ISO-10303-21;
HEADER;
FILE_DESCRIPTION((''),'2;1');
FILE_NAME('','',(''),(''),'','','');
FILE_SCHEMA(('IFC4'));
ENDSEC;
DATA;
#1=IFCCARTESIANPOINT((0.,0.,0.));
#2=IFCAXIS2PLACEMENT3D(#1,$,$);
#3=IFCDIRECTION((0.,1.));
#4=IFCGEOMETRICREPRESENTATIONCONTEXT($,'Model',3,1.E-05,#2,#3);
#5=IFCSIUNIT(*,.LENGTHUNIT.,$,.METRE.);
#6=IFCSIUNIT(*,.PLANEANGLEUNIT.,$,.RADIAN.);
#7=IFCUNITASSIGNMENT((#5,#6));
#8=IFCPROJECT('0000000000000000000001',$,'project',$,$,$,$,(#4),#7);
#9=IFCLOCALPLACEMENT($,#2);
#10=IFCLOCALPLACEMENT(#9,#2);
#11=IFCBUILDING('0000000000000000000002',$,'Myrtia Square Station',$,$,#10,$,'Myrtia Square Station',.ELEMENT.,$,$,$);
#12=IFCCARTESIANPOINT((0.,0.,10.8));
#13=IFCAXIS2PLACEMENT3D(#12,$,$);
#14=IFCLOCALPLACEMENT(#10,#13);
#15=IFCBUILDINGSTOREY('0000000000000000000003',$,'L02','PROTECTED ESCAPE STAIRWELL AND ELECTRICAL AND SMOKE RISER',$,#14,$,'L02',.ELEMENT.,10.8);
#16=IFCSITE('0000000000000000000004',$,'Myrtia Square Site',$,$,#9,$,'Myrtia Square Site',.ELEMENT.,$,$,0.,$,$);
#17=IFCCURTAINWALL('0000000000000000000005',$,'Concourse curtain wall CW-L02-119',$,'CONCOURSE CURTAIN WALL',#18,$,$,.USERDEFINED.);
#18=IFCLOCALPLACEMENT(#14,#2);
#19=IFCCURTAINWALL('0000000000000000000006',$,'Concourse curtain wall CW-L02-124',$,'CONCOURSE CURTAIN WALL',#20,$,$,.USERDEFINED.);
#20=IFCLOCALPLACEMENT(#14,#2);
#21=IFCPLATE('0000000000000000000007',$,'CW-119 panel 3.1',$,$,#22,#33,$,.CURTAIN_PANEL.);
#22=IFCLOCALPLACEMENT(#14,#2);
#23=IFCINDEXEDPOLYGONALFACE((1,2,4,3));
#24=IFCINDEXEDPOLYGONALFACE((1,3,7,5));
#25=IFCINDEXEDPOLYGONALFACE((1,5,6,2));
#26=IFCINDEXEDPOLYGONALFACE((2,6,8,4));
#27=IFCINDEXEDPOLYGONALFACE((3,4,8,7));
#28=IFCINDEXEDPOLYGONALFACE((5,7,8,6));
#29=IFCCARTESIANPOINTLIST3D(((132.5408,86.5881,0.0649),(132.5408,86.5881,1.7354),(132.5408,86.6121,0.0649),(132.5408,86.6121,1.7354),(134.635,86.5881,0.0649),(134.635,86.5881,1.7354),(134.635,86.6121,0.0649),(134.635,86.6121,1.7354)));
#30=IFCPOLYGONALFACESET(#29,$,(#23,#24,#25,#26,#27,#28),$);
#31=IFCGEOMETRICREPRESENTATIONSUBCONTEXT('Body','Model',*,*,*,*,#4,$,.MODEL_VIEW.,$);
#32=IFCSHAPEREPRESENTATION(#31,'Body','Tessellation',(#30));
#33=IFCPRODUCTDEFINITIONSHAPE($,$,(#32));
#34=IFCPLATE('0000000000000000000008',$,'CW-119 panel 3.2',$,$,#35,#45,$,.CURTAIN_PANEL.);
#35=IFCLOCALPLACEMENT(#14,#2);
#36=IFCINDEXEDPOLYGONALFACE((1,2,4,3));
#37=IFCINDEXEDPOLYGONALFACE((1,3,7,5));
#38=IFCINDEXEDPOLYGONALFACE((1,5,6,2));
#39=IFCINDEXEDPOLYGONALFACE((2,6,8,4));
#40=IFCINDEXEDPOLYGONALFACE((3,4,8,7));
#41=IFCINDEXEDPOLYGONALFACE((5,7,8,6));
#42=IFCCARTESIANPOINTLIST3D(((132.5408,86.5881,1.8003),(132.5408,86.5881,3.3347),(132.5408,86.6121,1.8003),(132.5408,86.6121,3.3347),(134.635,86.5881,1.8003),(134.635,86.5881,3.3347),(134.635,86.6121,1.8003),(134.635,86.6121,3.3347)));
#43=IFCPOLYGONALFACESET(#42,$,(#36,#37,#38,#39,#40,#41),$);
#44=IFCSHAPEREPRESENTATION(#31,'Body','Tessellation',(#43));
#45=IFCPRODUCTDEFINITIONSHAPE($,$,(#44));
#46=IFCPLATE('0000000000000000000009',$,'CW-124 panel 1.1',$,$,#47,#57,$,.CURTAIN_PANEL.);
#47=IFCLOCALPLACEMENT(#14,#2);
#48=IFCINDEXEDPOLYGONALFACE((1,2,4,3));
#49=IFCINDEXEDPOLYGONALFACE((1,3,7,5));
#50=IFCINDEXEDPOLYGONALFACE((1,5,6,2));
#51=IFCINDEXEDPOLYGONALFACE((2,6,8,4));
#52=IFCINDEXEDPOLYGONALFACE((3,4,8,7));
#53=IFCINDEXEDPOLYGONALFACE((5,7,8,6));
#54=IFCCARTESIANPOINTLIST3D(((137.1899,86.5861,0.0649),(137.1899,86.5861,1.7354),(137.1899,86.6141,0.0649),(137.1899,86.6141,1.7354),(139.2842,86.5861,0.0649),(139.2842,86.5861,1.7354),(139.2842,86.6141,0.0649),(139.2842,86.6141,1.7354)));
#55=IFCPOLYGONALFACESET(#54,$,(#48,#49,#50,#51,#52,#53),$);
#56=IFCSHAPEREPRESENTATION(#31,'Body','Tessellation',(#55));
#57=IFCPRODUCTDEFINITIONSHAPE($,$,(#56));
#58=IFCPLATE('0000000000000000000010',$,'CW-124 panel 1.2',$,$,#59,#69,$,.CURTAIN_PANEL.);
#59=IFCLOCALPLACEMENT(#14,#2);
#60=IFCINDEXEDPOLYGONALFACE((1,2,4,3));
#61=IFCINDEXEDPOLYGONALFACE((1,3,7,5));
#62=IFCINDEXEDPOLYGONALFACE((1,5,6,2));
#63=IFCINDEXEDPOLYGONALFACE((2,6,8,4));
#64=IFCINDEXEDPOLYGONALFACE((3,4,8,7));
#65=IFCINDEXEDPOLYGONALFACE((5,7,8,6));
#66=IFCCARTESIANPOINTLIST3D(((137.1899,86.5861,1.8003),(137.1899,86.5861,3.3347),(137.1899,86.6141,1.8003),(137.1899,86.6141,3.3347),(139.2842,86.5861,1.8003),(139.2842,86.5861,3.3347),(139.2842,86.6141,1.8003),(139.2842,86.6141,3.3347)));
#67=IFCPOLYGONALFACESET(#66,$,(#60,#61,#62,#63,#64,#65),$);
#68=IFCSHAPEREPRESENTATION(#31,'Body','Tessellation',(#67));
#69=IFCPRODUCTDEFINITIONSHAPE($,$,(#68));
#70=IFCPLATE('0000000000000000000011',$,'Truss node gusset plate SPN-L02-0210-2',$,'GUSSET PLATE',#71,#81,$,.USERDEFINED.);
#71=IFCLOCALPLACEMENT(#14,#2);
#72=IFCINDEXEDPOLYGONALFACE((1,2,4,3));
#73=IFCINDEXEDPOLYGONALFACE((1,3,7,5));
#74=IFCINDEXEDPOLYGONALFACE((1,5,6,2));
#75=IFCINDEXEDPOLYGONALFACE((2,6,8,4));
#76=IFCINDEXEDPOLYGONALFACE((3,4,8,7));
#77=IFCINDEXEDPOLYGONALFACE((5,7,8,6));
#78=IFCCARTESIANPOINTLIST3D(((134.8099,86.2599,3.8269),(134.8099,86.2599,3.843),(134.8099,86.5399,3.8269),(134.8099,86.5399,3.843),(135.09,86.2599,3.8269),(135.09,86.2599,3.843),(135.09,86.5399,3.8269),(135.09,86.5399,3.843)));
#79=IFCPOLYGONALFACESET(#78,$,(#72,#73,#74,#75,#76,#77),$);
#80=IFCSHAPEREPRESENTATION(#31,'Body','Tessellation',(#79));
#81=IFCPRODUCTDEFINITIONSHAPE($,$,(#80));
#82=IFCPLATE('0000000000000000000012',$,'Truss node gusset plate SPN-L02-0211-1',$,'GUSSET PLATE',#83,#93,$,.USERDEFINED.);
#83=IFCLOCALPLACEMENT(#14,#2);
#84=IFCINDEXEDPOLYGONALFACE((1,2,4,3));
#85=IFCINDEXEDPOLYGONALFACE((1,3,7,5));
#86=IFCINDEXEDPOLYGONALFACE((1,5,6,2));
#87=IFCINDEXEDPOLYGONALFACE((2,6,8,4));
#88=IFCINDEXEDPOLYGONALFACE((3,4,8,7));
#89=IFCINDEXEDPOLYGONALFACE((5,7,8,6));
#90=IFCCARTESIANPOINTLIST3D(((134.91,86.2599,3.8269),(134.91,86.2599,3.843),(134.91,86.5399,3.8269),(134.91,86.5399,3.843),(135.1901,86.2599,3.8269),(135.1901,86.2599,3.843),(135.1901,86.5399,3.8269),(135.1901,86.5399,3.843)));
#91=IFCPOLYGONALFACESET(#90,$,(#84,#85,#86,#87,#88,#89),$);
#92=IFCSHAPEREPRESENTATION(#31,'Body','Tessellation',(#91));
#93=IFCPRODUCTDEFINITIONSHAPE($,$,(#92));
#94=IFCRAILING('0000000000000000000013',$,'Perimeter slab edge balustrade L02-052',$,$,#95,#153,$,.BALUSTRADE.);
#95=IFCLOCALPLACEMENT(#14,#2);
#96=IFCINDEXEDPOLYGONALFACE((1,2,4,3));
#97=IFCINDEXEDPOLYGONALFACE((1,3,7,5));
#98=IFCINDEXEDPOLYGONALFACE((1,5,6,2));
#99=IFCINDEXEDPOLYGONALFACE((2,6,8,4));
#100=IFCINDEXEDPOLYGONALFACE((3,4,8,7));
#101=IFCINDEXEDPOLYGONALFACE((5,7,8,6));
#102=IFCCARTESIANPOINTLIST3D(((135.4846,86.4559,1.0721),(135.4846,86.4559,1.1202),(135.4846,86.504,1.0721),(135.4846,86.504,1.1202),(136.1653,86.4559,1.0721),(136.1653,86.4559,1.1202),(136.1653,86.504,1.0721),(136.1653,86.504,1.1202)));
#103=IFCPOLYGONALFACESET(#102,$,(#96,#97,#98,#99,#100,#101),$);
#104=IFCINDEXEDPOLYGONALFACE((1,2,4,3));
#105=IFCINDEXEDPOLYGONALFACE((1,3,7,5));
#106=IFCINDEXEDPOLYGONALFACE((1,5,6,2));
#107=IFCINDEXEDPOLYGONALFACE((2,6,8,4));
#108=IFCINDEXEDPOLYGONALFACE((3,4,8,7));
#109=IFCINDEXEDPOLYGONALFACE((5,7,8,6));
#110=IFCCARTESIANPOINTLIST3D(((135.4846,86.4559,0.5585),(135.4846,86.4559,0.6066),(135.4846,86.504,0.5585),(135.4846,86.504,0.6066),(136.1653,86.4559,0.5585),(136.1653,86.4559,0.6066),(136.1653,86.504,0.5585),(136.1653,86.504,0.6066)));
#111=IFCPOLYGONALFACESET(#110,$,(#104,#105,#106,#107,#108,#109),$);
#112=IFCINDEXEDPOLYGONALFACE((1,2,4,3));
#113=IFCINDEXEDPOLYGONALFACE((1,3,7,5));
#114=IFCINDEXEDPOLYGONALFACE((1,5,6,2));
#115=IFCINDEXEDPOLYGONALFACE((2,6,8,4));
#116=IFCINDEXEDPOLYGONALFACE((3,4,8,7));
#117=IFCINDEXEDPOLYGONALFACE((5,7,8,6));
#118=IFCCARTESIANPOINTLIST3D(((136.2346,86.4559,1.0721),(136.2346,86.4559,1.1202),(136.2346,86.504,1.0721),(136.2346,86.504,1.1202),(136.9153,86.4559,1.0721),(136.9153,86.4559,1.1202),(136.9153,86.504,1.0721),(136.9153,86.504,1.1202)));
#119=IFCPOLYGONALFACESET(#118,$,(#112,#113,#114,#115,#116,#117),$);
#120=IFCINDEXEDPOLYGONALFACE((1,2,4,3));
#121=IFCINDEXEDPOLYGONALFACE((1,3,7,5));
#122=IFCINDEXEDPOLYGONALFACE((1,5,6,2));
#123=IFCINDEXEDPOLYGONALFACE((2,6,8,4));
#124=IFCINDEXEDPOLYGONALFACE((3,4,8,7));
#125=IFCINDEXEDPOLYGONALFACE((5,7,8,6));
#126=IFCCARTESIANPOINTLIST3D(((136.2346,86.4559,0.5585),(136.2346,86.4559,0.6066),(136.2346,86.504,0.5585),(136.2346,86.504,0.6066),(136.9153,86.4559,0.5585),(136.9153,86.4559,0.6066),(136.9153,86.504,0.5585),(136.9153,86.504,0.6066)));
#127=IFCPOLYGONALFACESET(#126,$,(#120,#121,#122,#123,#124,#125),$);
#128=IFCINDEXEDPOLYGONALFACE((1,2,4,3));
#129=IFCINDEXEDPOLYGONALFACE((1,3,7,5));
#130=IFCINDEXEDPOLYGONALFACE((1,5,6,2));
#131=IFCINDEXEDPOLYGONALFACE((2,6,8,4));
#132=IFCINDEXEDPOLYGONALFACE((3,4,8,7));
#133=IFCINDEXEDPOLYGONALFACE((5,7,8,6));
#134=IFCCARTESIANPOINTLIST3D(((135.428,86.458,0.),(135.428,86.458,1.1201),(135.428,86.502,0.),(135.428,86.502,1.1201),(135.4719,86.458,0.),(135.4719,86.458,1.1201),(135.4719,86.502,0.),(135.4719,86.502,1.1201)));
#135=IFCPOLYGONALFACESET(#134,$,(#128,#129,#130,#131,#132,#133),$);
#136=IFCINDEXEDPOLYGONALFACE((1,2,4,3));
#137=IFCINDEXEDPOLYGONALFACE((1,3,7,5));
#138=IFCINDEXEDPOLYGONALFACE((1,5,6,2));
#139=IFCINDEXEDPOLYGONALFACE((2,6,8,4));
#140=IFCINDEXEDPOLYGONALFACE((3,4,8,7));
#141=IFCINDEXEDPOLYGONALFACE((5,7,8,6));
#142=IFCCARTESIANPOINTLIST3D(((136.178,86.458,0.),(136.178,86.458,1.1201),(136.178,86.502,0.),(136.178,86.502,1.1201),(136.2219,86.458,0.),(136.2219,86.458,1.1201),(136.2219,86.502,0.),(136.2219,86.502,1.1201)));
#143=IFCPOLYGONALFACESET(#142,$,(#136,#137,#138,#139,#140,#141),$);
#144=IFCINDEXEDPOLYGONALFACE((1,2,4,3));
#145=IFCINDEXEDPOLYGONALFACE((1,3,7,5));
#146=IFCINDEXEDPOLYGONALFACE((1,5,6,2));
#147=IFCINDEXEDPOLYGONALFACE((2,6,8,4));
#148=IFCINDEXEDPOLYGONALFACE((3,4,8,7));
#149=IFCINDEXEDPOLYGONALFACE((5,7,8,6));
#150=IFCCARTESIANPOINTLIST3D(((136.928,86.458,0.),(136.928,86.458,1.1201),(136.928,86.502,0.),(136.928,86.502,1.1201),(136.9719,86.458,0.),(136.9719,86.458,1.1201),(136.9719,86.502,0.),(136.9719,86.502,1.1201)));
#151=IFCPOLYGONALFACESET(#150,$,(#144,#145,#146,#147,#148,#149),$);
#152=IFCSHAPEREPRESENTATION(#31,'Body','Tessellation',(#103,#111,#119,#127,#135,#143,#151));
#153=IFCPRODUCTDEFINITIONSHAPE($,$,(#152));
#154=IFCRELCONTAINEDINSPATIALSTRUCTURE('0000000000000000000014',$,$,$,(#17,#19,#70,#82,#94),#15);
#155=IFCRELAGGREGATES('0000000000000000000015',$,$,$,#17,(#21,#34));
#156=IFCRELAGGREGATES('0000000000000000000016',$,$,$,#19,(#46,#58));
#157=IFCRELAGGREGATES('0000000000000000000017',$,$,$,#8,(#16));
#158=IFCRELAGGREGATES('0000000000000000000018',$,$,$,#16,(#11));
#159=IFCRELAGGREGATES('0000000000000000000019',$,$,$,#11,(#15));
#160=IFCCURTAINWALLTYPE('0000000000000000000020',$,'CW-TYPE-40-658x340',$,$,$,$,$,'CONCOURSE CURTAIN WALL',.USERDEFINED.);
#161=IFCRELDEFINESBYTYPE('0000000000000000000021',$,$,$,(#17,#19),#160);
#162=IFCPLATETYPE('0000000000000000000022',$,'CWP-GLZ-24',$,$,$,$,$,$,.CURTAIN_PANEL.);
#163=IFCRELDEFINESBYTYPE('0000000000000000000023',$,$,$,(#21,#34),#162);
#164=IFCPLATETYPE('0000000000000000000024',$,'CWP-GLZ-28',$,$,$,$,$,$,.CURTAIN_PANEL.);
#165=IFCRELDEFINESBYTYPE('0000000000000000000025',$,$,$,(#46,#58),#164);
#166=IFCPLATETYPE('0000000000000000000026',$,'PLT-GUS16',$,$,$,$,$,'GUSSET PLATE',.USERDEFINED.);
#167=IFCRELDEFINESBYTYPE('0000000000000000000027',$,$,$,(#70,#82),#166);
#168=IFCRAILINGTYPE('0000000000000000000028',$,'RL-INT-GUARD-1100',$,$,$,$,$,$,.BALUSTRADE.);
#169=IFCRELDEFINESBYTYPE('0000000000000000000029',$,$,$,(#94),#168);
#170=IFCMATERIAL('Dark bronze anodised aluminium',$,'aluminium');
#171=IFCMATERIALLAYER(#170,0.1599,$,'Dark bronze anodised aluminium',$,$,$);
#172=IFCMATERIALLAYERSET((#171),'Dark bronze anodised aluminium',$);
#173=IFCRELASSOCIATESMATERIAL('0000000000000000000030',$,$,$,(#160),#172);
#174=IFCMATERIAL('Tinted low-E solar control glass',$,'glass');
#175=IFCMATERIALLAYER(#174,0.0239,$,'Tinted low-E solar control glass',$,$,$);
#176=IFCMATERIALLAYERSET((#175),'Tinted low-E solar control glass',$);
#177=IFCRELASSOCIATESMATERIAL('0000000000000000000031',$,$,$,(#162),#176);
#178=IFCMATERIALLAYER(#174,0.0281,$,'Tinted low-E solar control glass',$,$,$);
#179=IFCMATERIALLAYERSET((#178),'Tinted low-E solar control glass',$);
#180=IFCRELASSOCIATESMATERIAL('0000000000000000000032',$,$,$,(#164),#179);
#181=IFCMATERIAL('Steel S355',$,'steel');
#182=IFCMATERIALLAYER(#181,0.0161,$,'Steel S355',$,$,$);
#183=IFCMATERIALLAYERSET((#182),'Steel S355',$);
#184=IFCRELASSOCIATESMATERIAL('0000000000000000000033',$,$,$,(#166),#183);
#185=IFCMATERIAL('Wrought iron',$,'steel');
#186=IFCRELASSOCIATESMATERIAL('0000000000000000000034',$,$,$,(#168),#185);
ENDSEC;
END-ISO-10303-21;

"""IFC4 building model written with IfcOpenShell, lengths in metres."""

from ifc_helpers import new_model, si_unit, direction, frame, origin, origin_2d, place, context, subcontext, project, spatial, rectangle, extrude, material, layer, layer_set, type_object, element, aggregate, save


model = new_model("IFC4")

# Units and contexts
model_context = context("Model", 3, precision=1e-05, world=origin(), true_north=direction((0.0, 1.0)))
body_context = subcontext(model_context, "Body", "Model", "MODEL_VIEW")
ifc_project = project(units=[si_unit("LENGTHUNIT", "METRE"), si_unit("PLANEANGLEUNIT", "RADIAN")], contexts=[model_context])

# Site, building, storey
site_placement = place(None, origin())
site = spatial("IfcSite", under=ifc_project, at=site_placement, Name="Myrtia Square Site", LongName="Myrtia Square Site", CompositionType="ELEMENT", RefElevation=0.0)
building_placement = place(site_placement, origin())
building = spatial("IfcBuilding", under=site, at=building_placement, Name="Myrtia Square Station", LongName="Myrtia Square Station", CompositionType="ELEMENT")
storey_placement = place(building_placement, frame((0.0, 0.0, 10.8)))
storey = spatial("IfcBuildingStorey", under=building, at=storey_placement, Name="L02", Description="PROTECTED ESCAPE STAIRWELL AND ELECTRICAL AND SMOKE RISER", LongName="L02", CompositionType="ELEMENT", Elevation=10.8)

# Shared definitions
ifc_material_1 = material(Name="Steel S355", Category="steel")

# Curtain walls
ifc_material_2 = material(Name="Dark bronze anodised aluminium", Category="aluminium")
ifc_layer_1 = layer(ifc_material_2, 0.1599, Name="Dark bronze anodised aluminium")
ifc_layer_set_1 = layer_set([ifc_layer_1], Name="Dark bronze anodised aluminium")
curtain_wall_type = type_object("IfcCurtainWallType", Name="CW-TYPE-40-658x340", ElementType="CONCOURSE CURTAIN WALL", PredefinedType="USERDEFINED", material=ifc_layer_set_1)
curtain_wall_1_placement = place(storey_placement, origin())
curtain_wall_1 = element("IfcCurtainWall", 1, at=curtain_wall_1_placement, inside=storey, type_object=curtain_wall_type, Name="Concourse curtain wall CW-L02-119", ObjectType="CONCOURSE CURTAIN WALL", PredefinedType="USERDEFINED")
curtain_wall_2_placement = place(storey_placement, origin())
curtain_wall_2 = element("IfcCurtainWall", 2, at=curtain_wall_2_placement, inside=storey, type_object=curtain_wall_type, Name="Concourse curtain wall CW-L02-124", ObjectType="CONCOURSE CURTAIN WALL", PredefinedType="USERDEFINED")

# Plates
ifc_material_3 = material(Name="Tinted low-E solar control glass", Category="glass")
ifc_layer_2 = layer(ifc_material_3, 0.0239, Name="Tinted low-E solar control glass")
ifc_layer_set_2 = layer_set([ifc_layer_2], Name="Tinted low-E solar control glass")
plate_type_1 = type_object("IfcPlateType", Name="CWP-GLZ-24", PredefinedType="CURTAIN_PANEL", material=ifc_layer_set_2)
plate_1_placement = place(storey_placement, frame((133.5879, 86.6001, 0.0649), z_axis=(0.0, 0.0, 1.0), x_axis=(1.0, 0.0, 0.0)))
plate_1 = element("IfcPlate", 3, at=plate_1_placement, type_object=plate_type_1, Name="CW-119 panel 3.1", PredefinedType="CURTAIN_PANEL", context=body_context, shape_type="SweptSolid", body=[
    extrude(rectangle(XDim=2.0942, YDim=0.0239, at=origin_2d()), origin(), (0.0, 0.0, 1.0), 1.6704),
])
plate_2_placement = place(storey_placement, frame((133.5879, 86.6001, 1.8003), z_axis=(0.0, 0.0, 1.0), x_axis=(1.0, 0.0, 0.0)))
plate_2 = element("IfcPlate", 4, at=plate_2_placement, type_object=plate_type_1, Name="CW-119 panel 3.2", PredefinedType="CURTAIN_PANEL", context=body_context, shape_type="SweptSolid", body=[
    extrude(rectangle(XDim=2.0942, YDim=0.0239, at=origin_2d()), origin(), (0.0, 0.0, 1.0), 1.5344),
])
aggregate(curtain_wall_1, [plate_1, plate_2])
ifc_layer_3 = layer(ifc_material_3, 0.0281, Name="Tinted low-E solar control glass")
ifc_layer_set_3 = layer_set([ifc_layer_3], Name="Tinted low-E solar control glass")
plate_type_2 = type_object("IfcPlateType", Name="CWP-GLZ-28", PredefinedType="CURTAIN_PANEL", material=ifc_layer_set_3)
plate_3_placement = place(storey_placement, frame((138.2371, 86.6001, 0.0649), z_axis=(0.0, 0.0, 1.0), x_axis=(1.0, 0.0, 0.0)))
plate_3 = element("IfcPlate", 5, at=plate_3_placement, type_object=plate_type_2, Name="CW-124 panel 1.1", PredefinedType="CURTAIN_PANEL", context=body_context, shape_type="SweptSolid", body=[
    extrude(rectangle(XDim=2.0942, YDim=0.0281, at=origin_2d()), origin(), (0.0, 0.0, 1.0), 1.6704),
])
plate_4_placement = place(storey_placement, frame((138.2371, 86.6001, 1.8003), z_axis=(0.0, 0.0, 1.0), x_axis=(1.0, 0.0, 0.0)))
plate_4 = element("IfcPlate", 6, at=plate_4_placement, type_object=plate_type_2, Name="CW-124 panel 1.2", PredefinedType="CURTAIN_PANEL", context=body_context, shape_type="SweptSolid", body=[
    extrude(rectangle(XDim=2.0942, YDim=0.0281, at=origin_2d()), origin(), (0.0, 0.0, 1.0), 1.5344),
])
aggregate(curtain_wall_2, [plate_3, plate_4])

# Plates
ifc_layer_4 = layer(ifc_material_1, 0.0161, Name="Steel S355")
ifc_layer_set_4 = layer_set([ifc_layer_4], Name="Steel S355")
plate_type_3 = type_object("IfcPlateType", Name="PLT-GUS16", ElementType="GUSSET PLATE", PredefinedType="USERDEFINED", material=ifc_layer_set_4)
for number, where, z_axis, x_axis, name in (
    (7, (134.95, 86.3999, 3.8269), (0.0, 0.0, 1.0), (1.0, 0.0, 0.0), "Truss node gusset plate SPN-L02-0210-2"),
    (8, (135.05, 86.3999, 3.8269), (0.0, 0.0, 1.0), (1.0, 0.0, 0.0), "Truss node gusset plate SPN-L02-0211-1"),
):
    element("IfcPlate", number, at=place(storey_placement, frame(where, z_axis=z_axis, x_axis=x_axis)), inside=storey, type_object=plate_type_3, Name=name, ObjectType="GUSSET PLATE", PredefinedType="USERDEFINED", context=body_context, shape_type="SweptSolid", body=[
        extrude(rectangle(XDim=0.28, YDim=0.28, at=origin_2d()), origin(), (0.0, 0.0, 1.0), 0.0161),
    ])

# Railing
ifc_material_4 = material(Name="Wrought iron", Category="steel")
railing_type = type_object("IfcRailingType", Name="RL-INT-GUARD-1100", PredefinedType="BALUSTRADE", material=ifc_material_4)
railing_placement = place(storey_placement, frame((135.45, 86.48, 0.0)))
element("IfcRailing", 9, at=railing_placement, inside=storey, type_object=railing_type, Name="Perimeter slab edge balustrade L02-052", PredefinedType="BALUSTRADE", context=body_context, shape_type="SweptSolid", body=[
    extrude(rectangle(XDim=0.0481, YDim=0.0481, at=origin_2d()), frame((0.0347, 0.0, 1.0962), z_axis=(1.0, 0.0, 0.0), x_axis=(0.0, 1.0, 0.0)), (0.0, 0.0, 1.0), 0.6807),
    extrude(rectangle(XDim=0.0481, YDim=0.0481, at=origin_2d()), frame((0.0347, 0.0, 0.5825), z_axis=(1.0, 0.0, 0.0), x_axis=(0.0, 1.0, 0.0)), (0.0, 0.0, 1.0), 0.6807),
    extrude(rectangle(XDim=0.0481, YDim=0.0481, at=origin_2d()), frame((0.7847, 0.0, 1.0962), z_axis=(1.0, 0.0, 0.0), x_axis=(0.0, 1.0, 0.0)), (0.0, 0.0, 1.0), 0.6807),
    extrude(rectangle(XDim=0.0481, YDim=0.0481, at=origin_2d()), frame((0.7847, 0.0, 0.5825), z_axis=(1.0, 0.0, 0.0), x_axis=(0.0, 1.0, 0.0)), (0.0, 0.0, 1.0), 0.6807),
    extrude(rectangle(XDim=0.0439, YDim=0.0439, at=origin_2d()), origin(), (0.0, 0.0, 1.0), 1.1201),
    extrude(rectangle(XDim=0.0439, YDim=0.0439, at=origin_2d()), frame((0.75, 0.0, 0.0)), (0.0, 0.0, 1.0), 1.1201),
    extrude(rectangle(XDim=0.0439, YDim=0.0439, at=origin_2d()), frame((1.5, 0.0, 0.0)), (0.0, 0.0, 1.0), 1.1201),
])

save(model, "model.ifc")
